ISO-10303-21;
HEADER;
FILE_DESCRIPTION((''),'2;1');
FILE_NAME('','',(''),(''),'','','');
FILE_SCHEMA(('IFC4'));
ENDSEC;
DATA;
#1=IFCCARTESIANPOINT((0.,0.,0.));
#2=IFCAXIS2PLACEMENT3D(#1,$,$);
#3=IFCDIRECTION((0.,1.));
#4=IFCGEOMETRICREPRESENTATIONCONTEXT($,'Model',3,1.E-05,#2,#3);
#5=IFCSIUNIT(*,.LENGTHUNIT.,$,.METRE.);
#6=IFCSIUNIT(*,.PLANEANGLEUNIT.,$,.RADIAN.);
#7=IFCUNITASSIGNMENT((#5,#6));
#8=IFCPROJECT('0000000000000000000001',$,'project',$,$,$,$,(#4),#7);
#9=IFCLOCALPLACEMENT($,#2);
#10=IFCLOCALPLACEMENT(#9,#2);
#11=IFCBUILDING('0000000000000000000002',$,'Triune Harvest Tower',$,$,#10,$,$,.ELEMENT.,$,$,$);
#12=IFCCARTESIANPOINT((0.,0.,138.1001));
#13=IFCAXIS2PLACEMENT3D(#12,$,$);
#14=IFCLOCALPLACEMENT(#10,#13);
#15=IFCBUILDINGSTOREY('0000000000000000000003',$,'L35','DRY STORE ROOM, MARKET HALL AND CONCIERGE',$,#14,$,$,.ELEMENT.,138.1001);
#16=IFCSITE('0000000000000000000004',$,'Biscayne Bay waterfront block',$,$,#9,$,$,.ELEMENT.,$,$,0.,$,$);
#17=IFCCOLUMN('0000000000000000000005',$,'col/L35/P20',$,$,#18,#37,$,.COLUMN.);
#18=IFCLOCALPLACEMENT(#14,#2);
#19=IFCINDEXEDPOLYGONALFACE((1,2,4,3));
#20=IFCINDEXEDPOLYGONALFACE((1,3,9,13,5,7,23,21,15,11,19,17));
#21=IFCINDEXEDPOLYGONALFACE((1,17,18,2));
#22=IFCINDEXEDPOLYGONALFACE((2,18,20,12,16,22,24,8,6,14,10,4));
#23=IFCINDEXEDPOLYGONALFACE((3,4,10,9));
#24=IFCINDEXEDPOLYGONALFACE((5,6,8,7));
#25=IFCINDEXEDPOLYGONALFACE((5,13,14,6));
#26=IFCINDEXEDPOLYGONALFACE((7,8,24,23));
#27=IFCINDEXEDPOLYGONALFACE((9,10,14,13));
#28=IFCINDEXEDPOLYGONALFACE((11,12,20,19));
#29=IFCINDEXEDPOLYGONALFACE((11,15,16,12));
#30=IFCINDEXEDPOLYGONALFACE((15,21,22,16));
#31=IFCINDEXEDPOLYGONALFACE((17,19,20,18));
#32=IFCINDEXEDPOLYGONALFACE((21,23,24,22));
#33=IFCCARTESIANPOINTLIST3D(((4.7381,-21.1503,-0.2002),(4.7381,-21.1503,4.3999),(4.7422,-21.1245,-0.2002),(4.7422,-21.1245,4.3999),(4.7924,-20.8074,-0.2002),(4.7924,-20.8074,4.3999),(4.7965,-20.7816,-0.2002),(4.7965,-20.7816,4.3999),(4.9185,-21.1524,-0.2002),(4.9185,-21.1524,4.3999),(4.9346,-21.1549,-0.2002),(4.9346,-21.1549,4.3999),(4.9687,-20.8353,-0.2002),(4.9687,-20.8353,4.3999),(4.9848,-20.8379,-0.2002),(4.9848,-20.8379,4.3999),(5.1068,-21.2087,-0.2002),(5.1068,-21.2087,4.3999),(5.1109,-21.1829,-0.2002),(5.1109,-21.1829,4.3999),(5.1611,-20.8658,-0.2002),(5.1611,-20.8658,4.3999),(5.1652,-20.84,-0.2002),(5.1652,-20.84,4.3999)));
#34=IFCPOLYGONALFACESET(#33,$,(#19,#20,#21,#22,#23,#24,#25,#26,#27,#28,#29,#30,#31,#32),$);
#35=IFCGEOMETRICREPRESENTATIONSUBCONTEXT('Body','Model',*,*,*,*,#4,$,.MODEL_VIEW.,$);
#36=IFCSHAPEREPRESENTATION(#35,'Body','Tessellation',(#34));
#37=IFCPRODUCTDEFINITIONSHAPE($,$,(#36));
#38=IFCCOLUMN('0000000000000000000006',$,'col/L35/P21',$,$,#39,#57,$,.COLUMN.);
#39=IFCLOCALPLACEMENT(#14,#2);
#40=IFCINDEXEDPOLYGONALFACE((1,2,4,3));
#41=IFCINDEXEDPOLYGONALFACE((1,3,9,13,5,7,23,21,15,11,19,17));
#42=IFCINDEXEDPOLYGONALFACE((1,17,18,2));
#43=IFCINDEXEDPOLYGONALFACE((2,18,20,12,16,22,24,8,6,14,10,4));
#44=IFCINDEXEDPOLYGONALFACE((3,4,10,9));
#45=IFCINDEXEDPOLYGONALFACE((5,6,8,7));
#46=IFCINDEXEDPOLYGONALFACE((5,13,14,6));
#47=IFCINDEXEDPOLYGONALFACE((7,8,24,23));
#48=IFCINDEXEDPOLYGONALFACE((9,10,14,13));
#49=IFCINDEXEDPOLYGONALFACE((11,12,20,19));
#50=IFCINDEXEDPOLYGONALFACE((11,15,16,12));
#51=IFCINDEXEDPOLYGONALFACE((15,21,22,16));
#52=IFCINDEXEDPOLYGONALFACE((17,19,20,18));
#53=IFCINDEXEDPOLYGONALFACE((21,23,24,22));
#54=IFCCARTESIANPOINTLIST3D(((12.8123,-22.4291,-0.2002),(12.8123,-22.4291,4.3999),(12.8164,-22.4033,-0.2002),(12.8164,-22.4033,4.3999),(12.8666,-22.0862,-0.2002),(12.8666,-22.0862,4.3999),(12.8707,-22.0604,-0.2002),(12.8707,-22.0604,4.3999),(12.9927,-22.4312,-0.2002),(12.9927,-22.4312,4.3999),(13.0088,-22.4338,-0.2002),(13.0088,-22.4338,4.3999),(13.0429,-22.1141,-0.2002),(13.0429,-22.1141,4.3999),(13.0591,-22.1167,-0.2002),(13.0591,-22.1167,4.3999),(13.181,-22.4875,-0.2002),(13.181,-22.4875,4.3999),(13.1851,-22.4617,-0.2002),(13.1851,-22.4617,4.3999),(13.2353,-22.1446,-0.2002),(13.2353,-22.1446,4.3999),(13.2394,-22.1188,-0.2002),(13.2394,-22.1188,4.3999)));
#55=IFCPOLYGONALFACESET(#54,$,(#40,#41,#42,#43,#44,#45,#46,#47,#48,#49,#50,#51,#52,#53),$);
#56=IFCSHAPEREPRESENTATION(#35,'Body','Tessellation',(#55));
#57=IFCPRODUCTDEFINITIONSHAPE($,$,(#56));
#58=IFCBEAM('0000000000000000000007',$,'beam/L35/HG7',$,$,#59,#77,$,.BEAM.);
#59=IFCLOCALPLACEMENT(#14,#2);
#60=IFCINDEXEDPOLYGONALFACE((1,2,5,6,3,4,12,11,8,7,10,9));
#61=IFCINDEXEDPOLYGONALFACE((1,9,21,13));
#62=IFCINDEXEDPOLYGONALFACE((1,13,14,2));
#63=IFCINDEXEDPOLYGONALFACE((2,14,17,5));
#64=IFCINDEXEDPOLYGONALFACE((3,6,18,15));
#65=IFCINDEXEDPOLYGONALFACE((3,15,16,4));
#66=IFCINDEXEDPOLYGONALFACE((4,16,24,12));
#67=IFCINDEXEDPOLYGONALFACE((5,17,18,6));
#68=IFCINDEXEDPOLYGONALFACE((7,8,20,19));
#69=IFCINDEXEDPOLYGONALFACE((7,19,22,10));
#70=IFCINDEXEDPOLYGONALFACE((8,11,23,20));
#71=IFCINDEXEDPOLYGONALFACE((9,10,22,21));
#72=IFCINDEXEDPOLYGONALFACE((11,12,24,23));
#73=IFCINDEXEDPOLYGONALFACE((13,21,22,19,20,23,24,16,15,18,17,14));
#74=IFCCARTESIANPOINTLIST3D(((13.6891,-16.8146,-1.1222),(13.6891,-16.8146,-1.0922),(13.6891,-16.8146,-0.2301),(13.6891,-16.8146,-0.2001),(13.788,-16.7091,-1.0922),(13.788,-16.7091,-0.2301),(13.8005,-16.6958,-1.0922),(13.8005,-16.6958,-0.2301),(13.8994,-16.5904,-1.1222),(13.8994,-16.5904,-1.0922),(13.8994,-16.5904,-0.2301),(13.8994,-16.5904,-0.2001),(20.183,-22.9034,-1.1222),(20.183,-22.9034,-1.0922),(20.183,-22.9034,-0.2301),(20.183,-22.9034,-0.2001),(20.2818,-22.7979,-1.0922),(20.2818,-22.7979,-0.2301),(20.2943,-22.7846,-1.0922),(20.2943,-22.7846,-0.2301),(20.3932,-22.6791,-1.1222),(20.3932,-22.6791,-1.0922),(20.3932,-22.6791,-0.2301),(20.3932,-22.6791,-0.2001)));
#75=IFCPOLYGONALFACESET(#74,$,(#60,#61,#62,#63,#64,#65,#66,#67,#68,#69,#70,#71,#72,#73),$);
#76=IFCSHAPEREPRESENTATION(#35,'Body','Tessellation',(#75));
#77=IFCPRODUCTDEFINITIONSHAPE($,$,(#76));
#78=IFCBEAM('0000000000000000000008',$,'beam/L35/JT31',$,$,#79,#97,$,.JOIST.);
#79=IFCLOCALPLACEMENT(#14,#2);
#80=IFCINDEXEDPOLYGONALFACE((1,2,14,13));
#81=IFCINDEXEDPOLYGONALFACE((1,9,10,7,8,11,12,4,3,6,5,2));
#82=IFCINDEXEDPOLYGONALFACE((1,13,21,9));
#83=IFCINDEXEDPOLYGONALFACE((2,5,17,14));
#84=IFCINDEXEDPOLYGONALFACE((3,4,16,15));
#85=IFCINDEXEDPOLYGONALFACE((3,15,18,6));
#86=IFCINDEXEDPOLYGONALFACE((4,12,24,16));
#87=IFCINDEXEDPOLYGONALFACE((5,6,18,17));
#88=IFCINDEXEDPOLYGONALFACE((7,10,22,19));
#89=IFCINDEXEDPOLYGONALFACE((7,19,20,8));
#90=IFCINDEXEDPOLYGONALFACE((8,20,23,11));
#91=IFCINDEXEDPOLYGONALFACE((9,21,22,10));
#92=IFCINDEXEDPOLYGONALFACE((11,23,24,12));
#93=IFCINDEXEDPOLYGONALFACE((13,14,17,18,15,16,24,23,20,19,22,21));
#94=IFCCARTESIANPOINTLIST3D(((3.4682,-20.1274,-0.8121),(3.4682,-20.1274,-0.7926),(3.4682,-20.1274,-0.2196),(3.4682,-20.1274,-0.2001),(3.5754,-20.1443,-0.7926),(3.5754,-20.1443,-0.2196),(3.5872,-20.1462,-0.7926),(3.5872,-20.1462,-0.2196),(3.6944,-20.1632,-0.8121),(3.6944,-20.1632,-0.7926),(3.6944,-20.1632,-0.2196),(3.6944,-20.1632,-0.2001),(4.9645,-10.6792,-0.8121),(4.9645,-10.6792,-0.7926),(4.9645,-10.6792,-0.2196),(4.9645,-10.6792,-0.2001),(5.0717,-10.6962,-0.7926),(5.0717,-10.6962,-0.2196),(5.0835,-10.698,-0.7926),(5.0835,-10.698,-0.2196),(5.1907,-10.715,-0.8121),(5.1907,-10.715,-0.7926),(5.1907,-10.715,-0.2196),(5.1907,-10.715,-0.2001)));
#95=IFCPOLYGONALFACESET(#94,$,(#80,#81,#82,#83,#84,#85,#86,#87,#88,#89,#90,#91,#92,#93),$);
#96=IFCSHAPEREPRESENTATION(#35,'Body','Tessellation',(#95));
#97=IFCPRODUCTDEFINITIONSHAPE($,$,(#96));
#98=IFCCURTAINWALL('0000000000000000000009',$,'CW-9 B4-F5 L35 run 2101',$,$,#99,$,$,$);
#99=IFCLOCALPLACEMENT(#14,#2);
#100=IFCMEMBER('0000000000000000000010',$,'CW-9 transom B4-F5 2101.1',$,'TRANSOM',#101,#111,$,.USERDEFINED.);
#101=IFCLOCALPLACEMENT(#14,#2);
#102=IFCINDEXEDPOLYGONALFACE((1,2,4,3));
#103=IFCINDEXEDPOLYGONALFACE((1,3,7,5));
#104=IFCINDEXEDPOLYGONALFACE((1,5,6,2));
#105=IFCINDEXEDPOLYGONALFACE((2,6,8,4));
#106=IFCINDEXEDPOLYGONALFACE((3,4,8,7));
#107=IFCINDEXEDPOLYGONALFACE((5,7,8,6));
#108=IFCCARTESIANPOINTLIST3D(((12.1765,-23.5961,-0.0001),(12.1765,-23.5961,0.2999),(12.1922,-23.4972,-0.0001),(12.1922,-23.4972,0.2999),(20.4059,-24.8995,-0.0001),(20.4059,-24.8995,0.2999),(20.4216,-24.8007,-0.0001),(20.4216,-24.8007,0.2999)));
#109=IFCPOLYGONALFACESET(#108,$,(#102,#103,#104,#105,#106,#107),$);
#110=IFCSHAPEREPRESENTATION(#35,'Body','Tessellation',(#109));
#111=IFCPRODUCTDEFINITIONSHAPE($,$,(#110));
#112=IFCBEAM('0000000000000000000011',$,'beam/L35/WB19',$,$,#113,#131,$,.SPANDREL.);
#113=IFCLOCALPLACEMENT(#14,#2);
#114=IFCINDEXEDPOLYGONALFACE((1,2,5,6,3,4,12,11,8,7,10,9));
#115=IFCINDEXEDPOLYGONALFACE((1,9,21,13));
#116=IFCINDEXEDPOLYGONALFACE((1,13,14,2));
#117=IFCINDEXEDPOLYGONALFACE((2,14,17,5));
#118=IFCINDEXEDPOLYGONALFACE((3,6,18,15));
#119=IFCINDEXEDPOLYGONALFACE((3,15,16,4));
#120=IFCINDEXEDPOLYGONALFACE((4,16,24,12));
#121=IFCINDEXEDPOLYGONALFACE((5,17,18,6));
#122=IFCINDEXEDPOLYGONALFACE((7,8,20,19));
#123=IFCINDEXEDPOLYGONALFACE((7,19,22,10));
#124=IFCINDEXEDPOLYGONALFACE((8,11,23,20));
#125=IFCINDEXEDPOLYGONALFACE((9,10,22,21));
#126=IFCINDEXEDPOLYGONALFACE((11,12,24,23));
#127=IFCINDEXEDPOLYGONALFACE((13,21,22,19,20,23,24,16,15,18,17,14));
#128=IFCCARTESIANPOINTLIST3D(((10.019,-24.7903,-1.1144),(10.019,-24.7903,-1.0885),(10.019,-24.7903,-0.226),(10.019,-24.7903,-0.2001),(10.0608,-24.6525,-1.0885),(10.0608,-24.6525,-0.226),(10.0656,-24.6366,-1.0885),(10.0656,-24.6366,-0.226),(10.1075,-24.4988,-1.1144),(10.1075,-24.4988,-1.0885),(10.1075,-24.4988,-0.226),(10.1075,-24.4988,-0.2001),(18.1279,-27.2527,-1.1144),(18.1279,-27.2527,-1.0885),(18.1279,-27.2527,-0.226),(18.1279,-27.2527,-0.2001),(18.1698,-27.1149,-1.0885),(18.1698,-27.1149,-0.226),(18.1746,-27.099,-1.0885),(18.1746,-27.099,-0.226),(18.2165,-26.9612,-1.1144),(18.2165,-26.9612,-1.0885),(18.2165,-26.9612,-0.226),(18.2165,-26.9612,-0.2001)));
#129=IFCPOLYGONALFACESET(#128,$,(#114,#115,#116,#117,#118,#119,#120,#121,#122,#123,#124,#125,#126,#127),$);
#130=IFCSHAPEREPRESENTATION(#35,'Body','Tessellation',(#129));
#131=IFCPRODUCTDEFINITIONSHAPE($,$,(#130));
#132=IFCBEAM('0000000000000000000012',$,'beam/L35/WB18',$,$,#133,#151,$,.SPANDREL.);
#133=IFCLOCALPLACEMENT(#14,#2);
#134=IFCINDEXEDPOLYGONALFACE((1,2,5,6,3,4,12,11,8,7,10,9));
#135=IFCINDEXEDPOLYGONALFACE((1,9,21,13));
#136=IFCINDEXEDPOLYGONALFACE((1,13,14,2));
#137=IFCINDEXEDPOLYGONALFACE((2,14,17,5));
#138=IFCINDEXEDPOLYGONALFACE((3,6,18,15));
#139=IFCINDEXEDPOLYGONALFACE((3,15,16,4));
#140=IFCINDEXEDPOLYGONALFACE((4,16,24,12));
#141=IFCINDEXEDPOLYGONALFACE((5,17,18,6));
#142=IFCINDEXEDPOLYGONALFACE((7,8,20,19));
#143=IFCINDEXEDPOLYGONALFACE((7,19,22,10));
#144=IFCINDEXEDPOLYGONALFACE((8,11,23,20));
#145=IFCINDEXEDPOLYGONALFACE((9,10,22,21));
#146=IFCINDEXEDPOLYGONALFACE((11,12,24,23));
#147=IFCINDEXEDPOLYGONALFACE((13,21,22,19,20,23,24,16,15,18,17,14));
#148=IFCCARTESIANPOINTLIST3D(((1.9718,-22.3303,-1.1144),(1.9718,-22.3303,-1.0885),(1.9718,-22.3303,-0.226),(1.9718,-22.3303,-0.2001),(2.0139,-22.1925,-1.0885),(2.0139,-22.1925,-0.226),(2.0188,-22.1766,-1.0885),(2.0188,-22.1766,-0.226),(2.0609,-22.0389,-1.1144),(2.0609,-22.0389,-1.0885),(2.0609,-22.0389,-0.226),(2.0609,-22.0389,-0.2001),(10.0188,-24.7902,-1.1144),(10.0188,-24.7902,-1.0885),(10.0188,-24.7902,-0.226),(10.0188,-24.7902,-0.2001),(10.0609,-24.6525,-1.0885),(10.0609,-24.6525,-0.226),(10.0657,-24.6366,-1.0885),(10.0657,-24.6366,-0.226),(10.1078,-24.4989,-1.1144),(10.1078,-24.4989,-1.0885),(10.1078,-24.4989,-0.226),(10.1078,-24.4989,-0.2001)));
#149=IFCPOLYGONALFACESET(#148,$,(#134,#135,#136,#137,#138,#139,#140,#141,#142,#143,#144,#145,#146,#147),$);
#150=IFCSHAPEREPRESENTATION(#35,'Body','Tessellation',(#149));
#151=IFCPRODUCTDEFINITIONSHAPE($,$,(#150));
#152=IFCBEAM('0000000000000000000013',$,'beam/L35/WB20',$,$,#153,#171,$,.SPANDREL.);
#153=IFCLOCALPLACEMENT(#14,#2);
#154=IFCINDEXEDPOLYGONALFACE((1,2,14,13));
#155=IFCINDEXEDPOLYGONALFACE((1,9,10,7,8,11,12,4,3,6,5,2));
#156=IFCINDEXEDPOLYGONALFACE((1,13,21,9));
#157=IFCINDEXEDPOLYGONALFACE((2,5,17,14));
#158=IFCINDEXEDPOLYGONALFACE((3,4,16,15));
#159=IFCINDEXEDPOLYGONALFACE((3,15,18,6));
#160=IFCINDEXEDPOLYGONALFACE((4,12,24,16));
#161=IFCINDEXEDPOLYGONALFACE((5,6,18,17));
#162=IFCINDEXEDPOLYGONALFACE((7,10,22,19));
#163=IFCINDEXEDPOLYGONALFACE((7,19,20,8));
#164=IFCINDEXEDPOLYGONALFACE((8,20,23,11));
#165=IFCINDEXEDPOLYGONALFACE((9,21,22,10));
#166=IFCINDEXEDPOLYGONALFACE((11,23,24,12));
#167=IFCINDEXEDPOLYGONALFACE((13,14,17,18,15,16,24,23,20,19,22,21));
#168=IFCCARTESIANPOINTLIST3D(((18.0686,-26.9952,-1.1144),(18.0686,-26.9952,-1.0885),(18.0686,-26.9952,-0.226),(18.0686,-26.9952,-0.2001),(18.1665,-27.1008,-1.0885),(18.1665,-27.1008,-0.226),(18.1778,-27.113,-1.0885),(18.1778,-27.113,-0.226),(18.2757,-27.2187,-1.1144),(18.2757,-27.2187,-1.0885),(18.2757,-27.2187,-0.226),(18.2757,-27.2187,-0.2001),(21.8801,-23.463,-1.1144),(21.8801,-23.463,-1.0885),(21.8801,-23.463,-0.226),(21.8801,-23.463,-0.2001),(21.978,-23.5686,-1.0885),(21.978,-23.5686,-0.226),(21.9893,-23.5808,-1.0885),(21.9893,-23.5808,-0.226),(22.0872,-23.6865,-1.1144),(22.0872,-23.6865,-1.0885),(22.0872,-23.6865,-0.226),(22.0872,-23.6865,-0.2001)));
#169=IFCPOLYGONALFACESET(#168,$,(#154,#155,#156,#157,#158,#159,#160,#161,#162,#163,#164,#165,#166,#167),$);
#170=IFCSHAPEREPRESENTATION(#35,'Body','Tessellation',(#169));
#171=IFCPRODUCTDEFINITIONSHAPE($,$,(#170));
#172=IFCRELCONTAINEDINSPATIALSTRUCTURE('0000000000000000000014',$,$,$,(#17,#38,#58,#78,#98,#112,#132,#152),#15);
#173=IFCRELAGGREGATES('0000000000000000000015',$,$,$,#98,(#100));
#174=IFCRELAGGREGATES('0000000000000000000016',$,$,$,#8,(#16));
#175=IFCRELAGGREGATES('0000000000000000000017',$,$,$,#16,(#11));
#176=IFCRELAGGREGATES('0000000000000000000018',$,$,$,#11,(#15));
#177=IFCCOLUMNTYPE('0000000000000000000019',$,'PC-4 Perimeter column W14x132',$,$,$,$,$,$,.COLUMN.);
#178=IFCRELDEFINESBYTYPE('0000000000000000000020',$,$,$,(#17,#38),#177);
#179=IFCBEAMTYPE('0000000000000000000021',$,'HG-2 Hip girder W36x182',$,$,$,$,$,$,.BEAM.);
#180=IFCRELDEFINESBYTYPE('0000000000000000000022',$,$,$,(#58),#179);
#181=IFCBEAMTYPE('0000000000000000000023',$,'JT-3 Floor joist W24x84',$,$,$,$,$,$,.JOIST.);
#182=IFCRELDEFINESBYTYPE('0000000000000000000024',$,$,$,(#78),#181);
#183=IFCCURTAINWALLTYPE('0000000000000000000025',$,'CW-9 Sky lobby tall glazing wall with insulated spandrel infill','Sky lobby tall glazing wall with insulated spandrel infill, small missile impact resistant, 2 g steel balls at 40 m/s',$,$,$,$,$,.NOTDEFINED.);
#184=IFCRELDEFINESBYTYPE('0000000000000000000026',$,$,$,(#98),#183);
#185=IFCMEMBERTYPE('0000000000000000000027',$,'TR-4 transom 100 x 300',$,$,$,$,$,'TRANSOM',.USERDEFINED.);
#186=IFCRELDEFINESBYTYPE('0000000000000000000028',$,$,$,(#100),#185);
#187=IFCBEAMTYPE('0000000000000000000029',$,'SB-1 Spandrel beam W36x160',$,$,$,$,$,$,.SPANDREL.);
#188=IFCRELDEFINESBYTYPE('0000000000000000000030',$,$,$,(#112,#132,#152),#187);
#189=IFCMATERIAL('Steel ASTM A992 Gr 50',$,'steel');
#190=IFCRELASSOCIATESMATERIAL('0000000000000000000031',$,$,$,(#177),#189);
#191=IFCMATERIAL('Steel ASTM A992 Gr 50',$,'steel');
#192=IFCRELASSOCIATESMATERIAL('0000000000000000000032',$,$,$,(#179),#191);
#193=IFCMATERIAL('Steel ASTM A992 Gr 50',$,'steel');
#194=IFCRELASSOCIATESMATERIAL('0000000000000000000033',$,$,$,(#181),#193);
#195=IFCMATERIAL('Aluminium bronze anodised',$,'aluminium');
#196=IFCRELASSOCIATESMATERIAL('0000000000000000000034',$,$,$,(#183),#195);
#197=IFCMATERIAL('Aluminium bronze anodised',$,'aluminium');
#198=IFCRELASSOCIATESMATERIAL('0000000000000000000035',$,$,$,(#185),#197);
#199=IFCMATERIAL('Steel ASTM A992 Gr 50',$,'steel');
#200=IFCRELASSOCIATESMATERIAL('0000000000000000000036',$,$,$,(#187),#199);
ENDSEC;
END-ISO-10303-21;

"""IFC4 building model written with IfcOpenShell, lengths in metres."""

from ifc_helpers import new_model, si_unit, direction, frame, origin, origin_2d, place, context, subcontext, project, spatial, rectangle, i_section, extrude, source, transform, mapped, material, material_profile, profile_set, type_object, element, aggregate, save


model = new_model("IFC4")

# Units and contexts
model_context = context("Model", 3, precision=1e-05, world=origin(), true_north=direction((0.0, 1.0)))
body_context = subcontext(model_context, "Body", "Model", "MODEL_VIEW")
ifc_project = project(units=[si_unit("LENGTHUNIT", "METRE"), si_unit("PLANEANGLEUNIT", "RADIAN")], contexts=[model_context])

# Site, building, storey
site_placement = place(None, origin())
site = spatial("IfcSite", under=ifc_project, at=site_placement, Name="Biscayne Bay waterfront block", CompositionType="ELEMENT", RefElevation=0.0)
building_placement = place(site_placement, origin())
building = spatial("IfcBuilding", under=site, at=building_placement, Name="Triune Harvest Tower", CompositionType="ELEMENT")
storey_placement = place(building_placement, frame((0.0, 0.0, 138.1001)))
storey = spatial("IfcBuildingStorey", under=building, at=storey_placement, Name="L35", Description="DRY STORE ROOM, MARKET HALL AND CONCIERGE", CompositionType="ELEMENT", Elevation=138.1001)

# Columns
ifc_material_1 = material(Name="Steel ASTM A992 Gr 50", Category="steel")
ifc_material_profile_1 = material_profile(ifc_material_1, i_section(OverallWidth=0.3733, OverallDepth=0.3733, WebThickness=0.0164, FlangeThickness=0.0261, at=origin_2d()), Name="W14x132")
ifc_profile_set_1 = profile_set([ifc_material_profile_1], Name="Steel ASTM A992 Gr 50")
column_type = type_object("IfcColumnType", Name="PC-4 Perimeter column W14x132", PredefinedType="COLUMN", material=ifc_profile_set_1)
shared_shape_1 = source(origin(), body_context, "Body", "SweptSolid", [
    extrude(i_section(OverallWidth=0.3733, OverallDepth=0.3733, WebThickness=0.0164, FlangeThickness=0.0261, at=origin_2d()), origin(), (0.0, 0.0, 1.0), 4.6001),
])
for number, where, z_axis, x_axis, name in (
    (1, (4.9517, -20.9951, -0.2002), (0.0, 0.0, 1.0), (0.987688, -0.156434, 0.0), "col/L35/P20"),
    (2, (13.0259, -22.2739, -0.2002), (0.0, 0.0, 1.0), (0.987688, -0.156434, 0.0), "col/L35/P21"),
):
    element("IfcColumn", number, at=place(storey_placement, frame(where, z_axis=z_axis, x_axis=x_axis)), inside=storey, type_object=column_type, Name=name, PredefinedType="COLUMN", context=body_context, shape_type="MappedRepresentation", body=[
        mapped(shared_shape_1, transform((0.0, 0.0, 0.0), scale=1.0)),
    ])

# Beams
ifc_material_2 = material(Name="Steel ASTM A992 Gr 50", Category="steel")
ifc_material_profile_2 = material_profile(ifc_material_2, i_section(OverallWidth=0.3074, OverallDepth=0.9221, WebThickness=0.0183, FlangeThickness=0.03, at=origin_2d()), Name="W36x182")
ifc_profile_set_2 = profile_set([ifc_material_profile_2], Name="Steel ASTM A992 Gr 50")
beam_type_1 = type_object("IfcBeamType", Name="HG-2 Hip girder W36x182", PredefinedType="BEAM", material=ifc_profile_set_2)
beam_1_placement = place(storey_placement, frame((20.2881, -22.7913, -0.6611), z_axis=(-0.72949, 0.683991, 0.0), x_axis=(-0.683991, -0.72949, 0.0)))
element("IfcBeam", 3, at=beam_1_placement, inside=storey, type_object=beam_type_1, Name="beam/L35/HG7", PredefinedType="BEAM", context=body_context, shape_type="SweptSolid", body=[
    extrude(i_section(OverallWidth=0.3074, OverallDepth=0.9221, WebThickness=0.0183, FlangeThickness=0.03, at=origin_2d()), origin(), (0.0, 0.0, 1.0), 8.9019),
])
ifc_material_3 = material(Name="Steel ASTM A992 Gr 50", Category="steel")
ifc_material_profile_3 = material_profile(ifc_material_3, i_section(OverallWidth=0.229, OverallDepth=0.6121, WebThickness=0.012, FlangeThickness=0.0195, at=origin_2d()), Name="W24x84")
ifc_profile_set_3 = profile_set([ifc_material_profile_3], Name="Steel ASTM A992 Gr 50")
beam_type_2 = type_object("IfcBeamType", Name="JT-3 Floor joist W24x84", PredefinedType="JOIST", material=ifc_profile_set_3)
beam_2_placement = place(storey_placement, frame((3.5813, -20.1453, -0.5061), z_axis=(0.156423, 0.98769, 0.0), x_axis=(-0.98769, 0.156423, 0.0)))
element("IfcBeam", 4, at=beam_2_placement, inside=storey, type_object=beam_type_2, Name="beam/L35/JT31", PredefinedType="JOIST", context=body_context, shape_type="SweptSolid", body=[
    extrude(i_section(OverallWidth=0.229, OverallDepth=0.6121, WebThickness=0.012, FlangeThickness=0.0195, at=origin_2d()), origin(), (0.0, 0.0, 1.0), 9.5659),
])

# Curtain wall, member
ifc_material_4 = material(Name="Aluminium bronze anodised", Category="aluminium")
curtain_wall_type_1 = type_object("IfcCurtainWallType", Name="CW-9 Sky lobby tall glazing wall with insulated spandrel infill", Description="Sky lobby tall glazing wall with insulated spandrel infill, small missile impact resistant, 2 g steel balls at 40 m/s", PredefinedType="NOTDEFINED", material=ifc_material_4)
curtain_wall_1_placement = place(storey_placement, origin())
curtain_wall_1 = element("IfcCurtainWall", 5, at=curtain_wall_1_placement, inside=storey, type_object=curtain_wall_type_1, Name="CW-9 B4-F5 L35 run 2101")
ifc_material_5 = material(Name="Aluminium bronze anodised", Category="aluminium")
ifc_material_profile_4 = material_profile(ifc_material_5, rectangle(XDim=0.1001, YDim=0.3, at=origin_2d()), Name="TR-4 transom 100 x 300")
ifc_profile_set_4 = profile_set([ifc_material_profile_4], Name="Aluminium bronze anodised")
member_type_1 = type_object("IfcMemberType", Name="TR-4 transom 100 x 300", ElementType="TRANSOM", PredefinedType="USERDEFINED", material=ifc_profile_set_4)
member_1_placement = place(storey_placement, frame((12.1843, -23.5466, 0.1499), z_axis=(0.987688, -0.15644, 0.0), x_axis=(0.15644, 0.987688, 0.0)))
member_1 = element("IfcMember", 6, at=member_1_placement, type_object=member_type_1, Name="CW-9 transom B4-F5 2101.1", ObjectType="TRANSOM", PredefinedType="USERDEFINED", context=body_context, shape_type="SweptSolid", body=[
    extrude(rectangle(XDim=0.1001, YDim=0.3, at=origin_2d()), origin(), (0.0, 0.0, 1.0), 8.332),
])

# Beams
ifc_material_6 = material(Name="Steel ASTM A992 Gr 50", Category="steel")
ifc_material_profile_5 = material_profile(ifc_material_6, i_section(OverallWidth=0.3047, OverallDepth=0.9143, WebThickness=0.0166, FlangeThickness=0.0259, at=origin_2d()), Name="W36x160")
ifc_profile_set_5 = profile_set([ifc_material_profile_5], Name="Steel ASTM A992 Gr 50")
beam_type_3 = type_object("IfcBeamType", Name="SB-1 Spandrel beam W36x160", PredefinedType="SPANDREL", material=ifc_profile_set_5)
shared_shape_2 = source(origin(), body_context, "Body", "SweptSolid", [
    extrude(i_section(OverallWidth=0.3047, OverallDepth=0.9143, WebThickness=0.0166, FlangeThickness=0.0259, at=origin_2d()), origin(), (0.0, 0.0, 1.0), 8.4746),
])
beam_3_placement = place(storey_placement, frame((10.0632, -24.6445, -0.6572), z_axis=(0.956855, -0.290565, 0.0), x_axis=(0.290565, 0.956855, 0.0)))
element("IfcBeam", 7, at=beam_3_placement, inside=storey, type_object=beam_type_3, Name="beam/L35/WB19", PredefinedType="SPANDREL", context=body_context, shape_type="MappedRepresentation", body=[
    mapped(shared_shape_2, transform((0.0, 0.0, 0.0), scale=1.0)),
])
shared_shape_3 = source(origin(), body_context, "Body", "SweptSolid", [
    extrude(i_section(OverallWidth=0.3047, OverallDepth=0.9143, WebThickness=0.0166, FlangeThickness=0.0259, at=origin_2d()), origin(), (0.0, 0.0, 1.0), 8.4146),
])
beam_4_placement = place(storey_placement, frame((2.0164, -22.1846, -0.6572), z_axis=(0.956312, -0.292348, 0.0), x_axis=(0.292348, 0.956312, 0.0)))
element("IfcBeam", 8, at=beam_4_placement, inside=storey, type_object=beam_type_3, Name="beam/L35/WB18", PredefinedType="SPANDREL", context=body_context, shape_type="MappedRepresentation", body=[
    mapped(shared_shape_3, transform((0.0, 0.0, 0.0), scale=1.0)),
])
shared_shape_4 = source(origin(), body_context, "Body", "SweptSolid", [
    extrude(i_section(OverallWidth=0.3047, OverallDepth=0.9143, WebThickness=0.0166, FlangeThickness=0.0259, at=origin_2d()), origin(), (0.0, 0.0, 1.0), 5.1965),
])
beam_5_placement = place(storey_placement, frame((18.1721, -27.1069, -0.6572), z_axis=(0.733469, 0.679723, 0.0), x_axis=(-0.679723, 0.733469, 0.0)))
element("IfcBeam", 9, at=beam_5_placement, inside=storey, type_object=beam_type_3, Name="beam/L35/WB20", PredefinedType="SPANDREL", context=body_context, shape_type="MappedRepresentation", body=[
    mapped(shared_shape_4, transform((0.0, 0.0, 0.0), scale=1.0)),
])

aggregate(curtain_wall_1, [member_1])

save(model, "model.ifc")
